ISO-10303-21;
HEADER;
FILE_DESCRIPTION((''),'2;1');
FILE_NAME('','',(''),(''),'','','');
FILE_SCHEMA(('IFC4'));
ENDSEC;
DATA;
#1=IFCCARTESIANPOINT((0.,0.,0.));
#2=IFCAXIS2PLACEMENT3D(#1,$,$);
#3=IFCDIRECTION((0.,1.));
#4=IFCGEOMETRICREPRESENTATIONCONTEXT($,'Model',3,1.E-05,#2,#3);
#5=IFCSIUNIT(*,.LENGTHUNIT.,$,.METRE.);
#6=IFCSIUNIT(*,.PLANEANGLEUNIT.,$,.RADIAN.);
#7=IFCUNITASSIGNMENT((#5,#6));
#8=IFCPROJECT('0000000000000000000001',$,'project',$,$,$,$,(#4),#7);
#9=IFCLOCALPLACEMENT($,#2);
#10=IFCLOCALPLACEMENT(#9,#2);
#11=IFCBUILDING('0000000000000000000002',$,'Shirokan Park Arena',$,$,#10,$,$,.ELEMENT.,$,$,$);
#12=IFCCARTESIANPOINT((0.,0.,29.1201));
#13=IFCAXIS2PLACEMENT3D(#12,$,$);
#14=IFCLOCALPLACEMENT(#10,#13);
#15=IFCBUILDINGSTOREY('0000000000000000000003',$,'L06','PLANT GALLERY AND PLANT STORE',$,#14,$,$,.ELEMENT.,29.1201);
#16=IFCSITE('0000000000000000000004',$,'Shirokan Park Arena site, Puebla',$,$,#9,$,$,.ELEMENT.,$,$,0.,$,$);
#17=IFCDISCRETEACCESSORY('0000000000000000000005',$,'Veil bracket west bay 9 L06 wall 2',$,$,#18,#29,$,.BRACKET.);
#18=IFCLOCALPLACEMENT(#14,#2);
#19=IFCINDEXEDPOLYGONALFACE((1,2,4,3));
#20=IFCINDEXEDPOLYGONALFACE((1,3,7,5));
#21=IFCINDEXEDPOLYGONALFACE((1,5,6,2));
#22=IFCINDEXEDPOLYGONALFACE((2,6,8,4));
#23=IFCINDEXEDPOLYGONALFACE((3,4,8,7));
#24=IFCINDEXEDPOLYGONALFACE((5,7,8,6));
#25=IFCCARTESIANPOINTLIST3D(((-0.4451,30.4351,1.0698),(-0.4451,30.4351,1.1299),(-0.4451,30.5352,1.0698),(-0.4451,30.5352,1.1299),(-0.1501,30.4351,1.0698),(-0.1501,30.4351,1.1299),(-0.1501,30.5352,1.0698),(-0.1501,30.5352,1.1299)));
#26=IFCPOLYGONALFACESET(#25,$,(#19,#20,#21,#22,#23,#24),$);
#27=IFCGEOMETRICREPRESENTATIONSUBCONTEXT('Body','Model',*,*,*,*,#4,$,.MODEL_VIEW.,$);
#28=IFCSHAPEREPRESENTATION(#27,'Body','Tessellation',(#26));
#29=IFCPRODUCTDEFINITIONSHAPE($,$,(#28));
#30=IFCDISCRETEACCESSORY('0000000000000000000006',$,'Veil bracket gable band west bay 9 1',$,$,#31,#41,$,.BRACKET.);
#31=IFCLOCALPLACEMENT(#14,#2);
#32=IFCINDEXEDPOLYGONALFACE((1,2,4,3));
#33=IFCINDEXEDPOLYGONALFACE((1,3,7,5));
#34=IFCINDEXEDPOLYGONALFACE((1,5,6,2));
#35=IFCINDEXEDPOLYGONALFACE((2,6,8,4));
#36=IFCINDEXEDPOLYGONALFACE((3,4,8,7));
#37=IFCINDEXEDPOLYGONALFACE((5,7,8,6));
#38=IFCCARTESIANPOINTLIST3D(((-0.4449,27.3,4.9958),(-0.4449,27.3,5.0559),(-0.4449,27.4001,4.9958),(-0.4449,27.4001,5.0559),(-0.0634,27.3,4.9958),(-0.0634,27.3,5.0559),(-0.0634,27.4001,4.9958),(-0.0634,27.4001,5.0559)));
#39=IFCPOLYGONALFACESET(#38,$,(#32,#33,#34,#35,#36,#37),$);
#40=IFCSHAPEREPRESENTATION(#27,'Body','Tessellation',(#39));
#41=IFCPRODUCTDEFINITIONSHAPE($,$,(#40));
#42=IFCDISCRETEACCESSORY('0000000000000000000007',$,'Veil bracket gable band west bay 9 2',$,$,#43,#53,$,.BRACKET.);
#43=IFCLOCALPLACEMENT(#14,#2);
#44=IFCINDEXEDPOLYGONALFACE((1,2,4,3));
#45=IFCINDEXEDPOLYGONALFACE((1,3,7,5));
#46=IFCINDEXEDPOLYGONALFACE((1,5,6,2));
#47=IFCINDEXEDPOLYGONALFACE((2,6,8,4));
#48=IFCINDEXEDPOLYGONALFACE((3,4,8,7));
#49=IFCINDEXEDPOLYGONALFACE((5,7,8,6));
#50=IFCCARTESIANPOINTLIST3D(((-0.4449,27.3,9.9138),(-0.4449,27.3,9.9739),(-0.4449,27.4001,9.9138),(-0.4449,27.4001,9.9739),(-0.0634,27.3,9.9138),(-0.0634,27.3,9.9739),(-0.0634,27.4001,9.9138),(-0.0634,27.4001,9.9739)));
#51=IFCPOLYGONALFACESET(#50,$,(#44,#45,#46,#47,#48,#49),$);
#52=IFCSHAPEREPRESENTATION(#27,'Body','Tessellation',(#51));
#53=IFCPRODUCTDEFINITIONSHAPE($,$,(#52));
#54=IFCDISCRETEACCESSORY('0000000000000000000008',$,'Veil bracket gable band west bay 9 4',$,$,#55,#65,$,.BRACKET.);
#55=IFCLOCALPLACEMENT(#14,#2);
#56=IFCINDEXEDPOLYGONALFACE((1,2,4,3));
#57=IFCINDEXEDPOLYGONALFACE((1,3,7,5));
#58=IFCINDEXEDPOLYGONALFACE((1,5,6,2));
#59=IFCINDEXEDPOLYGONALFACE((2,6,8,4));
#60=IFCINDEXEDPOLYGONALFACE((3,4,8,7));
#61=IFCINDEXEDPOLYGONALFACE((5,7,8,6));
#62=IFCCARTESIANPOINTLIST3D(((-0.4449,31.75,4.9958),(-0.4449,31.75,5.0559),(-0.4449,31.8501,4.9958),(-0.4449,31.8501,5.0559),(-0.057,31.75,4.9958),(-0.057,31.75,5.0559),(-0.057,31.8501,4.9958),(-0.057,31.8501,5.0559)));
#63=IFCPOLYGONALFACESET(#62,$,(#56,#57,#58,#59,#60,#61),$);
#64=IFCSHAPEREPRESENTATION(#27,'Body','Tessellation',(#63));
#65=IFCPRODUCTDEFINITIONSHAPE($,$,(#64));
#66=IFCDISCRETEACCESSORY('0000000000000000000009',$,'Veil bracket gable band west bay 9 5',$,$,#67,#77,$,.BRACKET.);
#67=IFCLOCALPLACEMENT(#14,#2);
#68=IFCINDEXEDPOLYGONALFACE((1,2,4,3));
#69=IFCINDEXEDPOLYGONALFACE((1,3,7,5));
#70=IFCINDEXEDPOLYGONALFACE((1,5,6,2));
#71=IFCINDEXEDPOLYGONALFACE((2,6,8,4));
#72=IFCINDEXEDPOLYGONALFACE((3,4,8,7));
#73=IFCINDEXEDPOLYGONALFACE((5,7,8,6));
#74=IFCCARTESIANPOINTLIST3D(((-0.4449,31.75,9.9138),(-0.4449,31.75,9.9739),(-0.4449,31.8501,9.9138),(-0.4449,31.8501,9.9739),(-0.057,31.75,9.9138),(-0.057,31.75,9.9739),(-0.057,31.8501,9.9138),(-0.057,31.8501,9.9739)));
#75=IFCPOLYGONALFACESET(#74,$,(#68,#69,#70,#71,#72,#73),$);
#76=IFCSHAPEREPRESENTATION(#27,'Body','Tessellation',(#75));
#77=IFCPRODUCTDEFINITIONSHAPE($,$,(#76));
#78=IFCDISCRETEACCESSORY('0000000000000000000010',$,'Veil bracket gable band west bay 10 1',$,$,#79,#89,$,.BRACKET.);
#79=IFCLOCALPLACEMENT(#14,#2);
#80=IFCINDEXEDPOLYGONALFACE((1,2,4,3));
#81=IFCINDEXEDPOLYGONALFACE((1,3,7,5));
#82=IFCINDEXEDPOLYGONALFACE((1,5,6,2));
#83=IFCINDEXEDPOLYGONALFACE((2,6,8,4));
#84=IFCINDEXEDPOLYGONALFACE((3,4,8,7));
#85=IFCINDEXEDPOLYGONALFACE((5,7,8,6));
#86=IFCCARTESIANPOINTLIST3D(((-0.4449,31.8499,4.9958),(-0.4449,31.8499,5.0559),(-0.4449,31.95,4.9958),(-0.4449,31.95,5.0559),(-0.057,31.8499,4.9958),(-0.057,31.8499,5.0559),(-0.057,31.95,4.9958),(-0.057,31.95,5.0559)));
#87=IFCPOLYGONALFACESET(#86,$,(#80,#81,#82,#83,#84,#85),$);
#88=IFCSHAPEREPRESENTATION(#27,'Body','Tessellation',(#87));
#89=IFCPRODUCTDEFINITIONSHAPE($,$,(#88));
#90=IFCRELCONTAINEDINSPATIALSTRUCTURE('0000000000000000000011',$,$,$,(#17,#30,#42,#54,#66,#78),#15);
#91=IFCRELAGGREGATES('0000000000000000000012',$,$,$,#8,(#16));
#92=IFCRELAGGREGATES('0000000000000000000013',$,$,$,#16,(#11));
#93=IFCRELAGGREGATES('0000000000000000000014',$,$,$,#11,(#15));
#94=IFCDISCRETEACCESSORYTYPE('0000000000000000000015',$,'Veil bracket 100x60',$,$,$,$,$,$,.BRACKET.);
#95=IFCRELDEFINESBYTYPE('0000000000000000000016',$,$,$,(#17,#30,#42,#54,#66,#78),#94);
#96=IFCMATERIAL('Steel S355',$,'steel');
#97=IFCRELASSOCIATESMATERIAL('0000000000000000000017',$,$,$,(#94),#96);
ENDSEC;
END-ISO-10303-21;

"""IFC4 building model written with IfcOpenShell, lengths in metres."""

from ifc_helpers import new_model, si_unit, direction, frame, origin, origin_2d, place, context, subcontext, project, spatial, rectangle, extrude, material, type_object, element, save


model = new_model("IFC4")

# Units and contexts
model_context = context("Model", 3, precision=1e-05, world=origin(), true_north=direction((0.0, 1.0)))
body_context = subcontext(model_context, "Body", "Model", "MODEL_VIEW")
ifc_project = project(units=[si_unit("LENGTHUNIT", "METRE"), si_unit("PLANEANGLEUNIT", "RADIAN")], contexts=[model_context])

# Site, building, storey
site_placement = place(None, origin())
site = spatial("IfcSite", under=ifc_project, at=site_placement, Name="Shirokan Park Arena site, Puebla", CompositionType="ELEMENT", RefElevation=0.0)
building_placement = place(site_placement, origin())
building = spatial("IfcBuilding", under=site, at=building_placement, Name="Shirokan Park Arena", CompositionType="ELEMENT")
storey_placement = place(building_placement, frame((0.0, 0.0, 29.1201)))
storey = spatial("IfcBuildingStorey", under=building, at=storey_placement, Name="L06", Description="PLANT GALLERY AND PLANT STORE", CompositionType="ELEMENT", Elevation=29.1201)

# Discrete accessories
ifc_material_1 = material(Name="Steel S355", Category="steel")
discrete_accessory_type = type_object("IfcDiscreteAccessoryType", Name="Veil bracket 100x60", PredefinedType="BRACKET", material=ifc_material_1)
for number, where, z_axis, x_axis, name in (
    (1, (-0.2976, 30.4851, 1.0698), (0.0, 0.0, 1.0), (0.0, -1.0, 0.0), "Veil bracket west bay 9 L06 wall 2"),
):
    element("IfcDiscreteAccessory", number, at=place(storey_placement, frame(where, z_axis=z_axis, x_axis=x_axis)), inside=storey, type_object=discrete_accessory_type, Name=name, PredefinedType="BRACKET", context=body_context, shape_type="SweptSolid", body=[
        extrude(rectangle(XDim=0.1001, YDim=0.2949, at=origin_2d()), origin(), (0.0, 0.0, 1.0), 0.0601),
    ])
for number, where, z_axis, x_axis, name in (
    (2, (-0.2542, 27.3501, 4.9958), (0.0, 0.0, 1.0), (1.0, 0.0, 0.0), "Veil bracket gable band west bay 9 1"),
    (3, (-0.2542, 27.3501, 9.9138), (0.0, 0.0, 1.0), (1.0, 0.0, 0.0), "Veil bracket gable band west bay 9 2"),
):
    element("IfcDiscreteAccessory", number, at=place(storey_placement, frame(where, z_axis=z_axis, x_axis=x_axis)), inside=storey, type_object=discrete_accessory_type, Name=name, PredefinedType="BRACKET", context=body_context, shape_type="SweptSolid", body=[
        extrude(rectangle(XDim=0.3816, YDim=0.1001, at=origin_2d()), origin(), (0.0, 0.0, 1.0), 0.0601),
    ])
for number, where, z_axis, x_axis, name in (
    (4, (-0.251, 31.8, 4.9958), (0.0, 0.0, 1.0), (1.0, 0.0, 0.0), "Veil bracket gable band west bay 9 4"),
    (5, (-0.251, 31.8, 9.9138), (0.0, 0.0, 1.0), (1.0, 0.0, 0.0), "Veil bracket gable band west bay 9 5"),
    (6, (-0.251, 31.8999, 4.9958), (0.0, 0.0, 1.0), (1.0, 0.0, 0.0), "Veil bracket gable band west bay 10 1"),
):
    element("IfcDiscreteAccessory", number, at=place(storey_placement, frame(where, z_axis=z_axis, x_axis=x_axis)), inside=storey, type_object=discrete_accessory_type, Name=name, PredefinedType="BRACKET", context=body_context, shape_type="SweptSolid", body=[
        extrude(rectangle(XDim=0.3879, YDim=0.1001, at=origin_2d()), origin(), (0.0, 0.0, 1.0), 0.0601),
    ])

save(model, "model.ifc")
